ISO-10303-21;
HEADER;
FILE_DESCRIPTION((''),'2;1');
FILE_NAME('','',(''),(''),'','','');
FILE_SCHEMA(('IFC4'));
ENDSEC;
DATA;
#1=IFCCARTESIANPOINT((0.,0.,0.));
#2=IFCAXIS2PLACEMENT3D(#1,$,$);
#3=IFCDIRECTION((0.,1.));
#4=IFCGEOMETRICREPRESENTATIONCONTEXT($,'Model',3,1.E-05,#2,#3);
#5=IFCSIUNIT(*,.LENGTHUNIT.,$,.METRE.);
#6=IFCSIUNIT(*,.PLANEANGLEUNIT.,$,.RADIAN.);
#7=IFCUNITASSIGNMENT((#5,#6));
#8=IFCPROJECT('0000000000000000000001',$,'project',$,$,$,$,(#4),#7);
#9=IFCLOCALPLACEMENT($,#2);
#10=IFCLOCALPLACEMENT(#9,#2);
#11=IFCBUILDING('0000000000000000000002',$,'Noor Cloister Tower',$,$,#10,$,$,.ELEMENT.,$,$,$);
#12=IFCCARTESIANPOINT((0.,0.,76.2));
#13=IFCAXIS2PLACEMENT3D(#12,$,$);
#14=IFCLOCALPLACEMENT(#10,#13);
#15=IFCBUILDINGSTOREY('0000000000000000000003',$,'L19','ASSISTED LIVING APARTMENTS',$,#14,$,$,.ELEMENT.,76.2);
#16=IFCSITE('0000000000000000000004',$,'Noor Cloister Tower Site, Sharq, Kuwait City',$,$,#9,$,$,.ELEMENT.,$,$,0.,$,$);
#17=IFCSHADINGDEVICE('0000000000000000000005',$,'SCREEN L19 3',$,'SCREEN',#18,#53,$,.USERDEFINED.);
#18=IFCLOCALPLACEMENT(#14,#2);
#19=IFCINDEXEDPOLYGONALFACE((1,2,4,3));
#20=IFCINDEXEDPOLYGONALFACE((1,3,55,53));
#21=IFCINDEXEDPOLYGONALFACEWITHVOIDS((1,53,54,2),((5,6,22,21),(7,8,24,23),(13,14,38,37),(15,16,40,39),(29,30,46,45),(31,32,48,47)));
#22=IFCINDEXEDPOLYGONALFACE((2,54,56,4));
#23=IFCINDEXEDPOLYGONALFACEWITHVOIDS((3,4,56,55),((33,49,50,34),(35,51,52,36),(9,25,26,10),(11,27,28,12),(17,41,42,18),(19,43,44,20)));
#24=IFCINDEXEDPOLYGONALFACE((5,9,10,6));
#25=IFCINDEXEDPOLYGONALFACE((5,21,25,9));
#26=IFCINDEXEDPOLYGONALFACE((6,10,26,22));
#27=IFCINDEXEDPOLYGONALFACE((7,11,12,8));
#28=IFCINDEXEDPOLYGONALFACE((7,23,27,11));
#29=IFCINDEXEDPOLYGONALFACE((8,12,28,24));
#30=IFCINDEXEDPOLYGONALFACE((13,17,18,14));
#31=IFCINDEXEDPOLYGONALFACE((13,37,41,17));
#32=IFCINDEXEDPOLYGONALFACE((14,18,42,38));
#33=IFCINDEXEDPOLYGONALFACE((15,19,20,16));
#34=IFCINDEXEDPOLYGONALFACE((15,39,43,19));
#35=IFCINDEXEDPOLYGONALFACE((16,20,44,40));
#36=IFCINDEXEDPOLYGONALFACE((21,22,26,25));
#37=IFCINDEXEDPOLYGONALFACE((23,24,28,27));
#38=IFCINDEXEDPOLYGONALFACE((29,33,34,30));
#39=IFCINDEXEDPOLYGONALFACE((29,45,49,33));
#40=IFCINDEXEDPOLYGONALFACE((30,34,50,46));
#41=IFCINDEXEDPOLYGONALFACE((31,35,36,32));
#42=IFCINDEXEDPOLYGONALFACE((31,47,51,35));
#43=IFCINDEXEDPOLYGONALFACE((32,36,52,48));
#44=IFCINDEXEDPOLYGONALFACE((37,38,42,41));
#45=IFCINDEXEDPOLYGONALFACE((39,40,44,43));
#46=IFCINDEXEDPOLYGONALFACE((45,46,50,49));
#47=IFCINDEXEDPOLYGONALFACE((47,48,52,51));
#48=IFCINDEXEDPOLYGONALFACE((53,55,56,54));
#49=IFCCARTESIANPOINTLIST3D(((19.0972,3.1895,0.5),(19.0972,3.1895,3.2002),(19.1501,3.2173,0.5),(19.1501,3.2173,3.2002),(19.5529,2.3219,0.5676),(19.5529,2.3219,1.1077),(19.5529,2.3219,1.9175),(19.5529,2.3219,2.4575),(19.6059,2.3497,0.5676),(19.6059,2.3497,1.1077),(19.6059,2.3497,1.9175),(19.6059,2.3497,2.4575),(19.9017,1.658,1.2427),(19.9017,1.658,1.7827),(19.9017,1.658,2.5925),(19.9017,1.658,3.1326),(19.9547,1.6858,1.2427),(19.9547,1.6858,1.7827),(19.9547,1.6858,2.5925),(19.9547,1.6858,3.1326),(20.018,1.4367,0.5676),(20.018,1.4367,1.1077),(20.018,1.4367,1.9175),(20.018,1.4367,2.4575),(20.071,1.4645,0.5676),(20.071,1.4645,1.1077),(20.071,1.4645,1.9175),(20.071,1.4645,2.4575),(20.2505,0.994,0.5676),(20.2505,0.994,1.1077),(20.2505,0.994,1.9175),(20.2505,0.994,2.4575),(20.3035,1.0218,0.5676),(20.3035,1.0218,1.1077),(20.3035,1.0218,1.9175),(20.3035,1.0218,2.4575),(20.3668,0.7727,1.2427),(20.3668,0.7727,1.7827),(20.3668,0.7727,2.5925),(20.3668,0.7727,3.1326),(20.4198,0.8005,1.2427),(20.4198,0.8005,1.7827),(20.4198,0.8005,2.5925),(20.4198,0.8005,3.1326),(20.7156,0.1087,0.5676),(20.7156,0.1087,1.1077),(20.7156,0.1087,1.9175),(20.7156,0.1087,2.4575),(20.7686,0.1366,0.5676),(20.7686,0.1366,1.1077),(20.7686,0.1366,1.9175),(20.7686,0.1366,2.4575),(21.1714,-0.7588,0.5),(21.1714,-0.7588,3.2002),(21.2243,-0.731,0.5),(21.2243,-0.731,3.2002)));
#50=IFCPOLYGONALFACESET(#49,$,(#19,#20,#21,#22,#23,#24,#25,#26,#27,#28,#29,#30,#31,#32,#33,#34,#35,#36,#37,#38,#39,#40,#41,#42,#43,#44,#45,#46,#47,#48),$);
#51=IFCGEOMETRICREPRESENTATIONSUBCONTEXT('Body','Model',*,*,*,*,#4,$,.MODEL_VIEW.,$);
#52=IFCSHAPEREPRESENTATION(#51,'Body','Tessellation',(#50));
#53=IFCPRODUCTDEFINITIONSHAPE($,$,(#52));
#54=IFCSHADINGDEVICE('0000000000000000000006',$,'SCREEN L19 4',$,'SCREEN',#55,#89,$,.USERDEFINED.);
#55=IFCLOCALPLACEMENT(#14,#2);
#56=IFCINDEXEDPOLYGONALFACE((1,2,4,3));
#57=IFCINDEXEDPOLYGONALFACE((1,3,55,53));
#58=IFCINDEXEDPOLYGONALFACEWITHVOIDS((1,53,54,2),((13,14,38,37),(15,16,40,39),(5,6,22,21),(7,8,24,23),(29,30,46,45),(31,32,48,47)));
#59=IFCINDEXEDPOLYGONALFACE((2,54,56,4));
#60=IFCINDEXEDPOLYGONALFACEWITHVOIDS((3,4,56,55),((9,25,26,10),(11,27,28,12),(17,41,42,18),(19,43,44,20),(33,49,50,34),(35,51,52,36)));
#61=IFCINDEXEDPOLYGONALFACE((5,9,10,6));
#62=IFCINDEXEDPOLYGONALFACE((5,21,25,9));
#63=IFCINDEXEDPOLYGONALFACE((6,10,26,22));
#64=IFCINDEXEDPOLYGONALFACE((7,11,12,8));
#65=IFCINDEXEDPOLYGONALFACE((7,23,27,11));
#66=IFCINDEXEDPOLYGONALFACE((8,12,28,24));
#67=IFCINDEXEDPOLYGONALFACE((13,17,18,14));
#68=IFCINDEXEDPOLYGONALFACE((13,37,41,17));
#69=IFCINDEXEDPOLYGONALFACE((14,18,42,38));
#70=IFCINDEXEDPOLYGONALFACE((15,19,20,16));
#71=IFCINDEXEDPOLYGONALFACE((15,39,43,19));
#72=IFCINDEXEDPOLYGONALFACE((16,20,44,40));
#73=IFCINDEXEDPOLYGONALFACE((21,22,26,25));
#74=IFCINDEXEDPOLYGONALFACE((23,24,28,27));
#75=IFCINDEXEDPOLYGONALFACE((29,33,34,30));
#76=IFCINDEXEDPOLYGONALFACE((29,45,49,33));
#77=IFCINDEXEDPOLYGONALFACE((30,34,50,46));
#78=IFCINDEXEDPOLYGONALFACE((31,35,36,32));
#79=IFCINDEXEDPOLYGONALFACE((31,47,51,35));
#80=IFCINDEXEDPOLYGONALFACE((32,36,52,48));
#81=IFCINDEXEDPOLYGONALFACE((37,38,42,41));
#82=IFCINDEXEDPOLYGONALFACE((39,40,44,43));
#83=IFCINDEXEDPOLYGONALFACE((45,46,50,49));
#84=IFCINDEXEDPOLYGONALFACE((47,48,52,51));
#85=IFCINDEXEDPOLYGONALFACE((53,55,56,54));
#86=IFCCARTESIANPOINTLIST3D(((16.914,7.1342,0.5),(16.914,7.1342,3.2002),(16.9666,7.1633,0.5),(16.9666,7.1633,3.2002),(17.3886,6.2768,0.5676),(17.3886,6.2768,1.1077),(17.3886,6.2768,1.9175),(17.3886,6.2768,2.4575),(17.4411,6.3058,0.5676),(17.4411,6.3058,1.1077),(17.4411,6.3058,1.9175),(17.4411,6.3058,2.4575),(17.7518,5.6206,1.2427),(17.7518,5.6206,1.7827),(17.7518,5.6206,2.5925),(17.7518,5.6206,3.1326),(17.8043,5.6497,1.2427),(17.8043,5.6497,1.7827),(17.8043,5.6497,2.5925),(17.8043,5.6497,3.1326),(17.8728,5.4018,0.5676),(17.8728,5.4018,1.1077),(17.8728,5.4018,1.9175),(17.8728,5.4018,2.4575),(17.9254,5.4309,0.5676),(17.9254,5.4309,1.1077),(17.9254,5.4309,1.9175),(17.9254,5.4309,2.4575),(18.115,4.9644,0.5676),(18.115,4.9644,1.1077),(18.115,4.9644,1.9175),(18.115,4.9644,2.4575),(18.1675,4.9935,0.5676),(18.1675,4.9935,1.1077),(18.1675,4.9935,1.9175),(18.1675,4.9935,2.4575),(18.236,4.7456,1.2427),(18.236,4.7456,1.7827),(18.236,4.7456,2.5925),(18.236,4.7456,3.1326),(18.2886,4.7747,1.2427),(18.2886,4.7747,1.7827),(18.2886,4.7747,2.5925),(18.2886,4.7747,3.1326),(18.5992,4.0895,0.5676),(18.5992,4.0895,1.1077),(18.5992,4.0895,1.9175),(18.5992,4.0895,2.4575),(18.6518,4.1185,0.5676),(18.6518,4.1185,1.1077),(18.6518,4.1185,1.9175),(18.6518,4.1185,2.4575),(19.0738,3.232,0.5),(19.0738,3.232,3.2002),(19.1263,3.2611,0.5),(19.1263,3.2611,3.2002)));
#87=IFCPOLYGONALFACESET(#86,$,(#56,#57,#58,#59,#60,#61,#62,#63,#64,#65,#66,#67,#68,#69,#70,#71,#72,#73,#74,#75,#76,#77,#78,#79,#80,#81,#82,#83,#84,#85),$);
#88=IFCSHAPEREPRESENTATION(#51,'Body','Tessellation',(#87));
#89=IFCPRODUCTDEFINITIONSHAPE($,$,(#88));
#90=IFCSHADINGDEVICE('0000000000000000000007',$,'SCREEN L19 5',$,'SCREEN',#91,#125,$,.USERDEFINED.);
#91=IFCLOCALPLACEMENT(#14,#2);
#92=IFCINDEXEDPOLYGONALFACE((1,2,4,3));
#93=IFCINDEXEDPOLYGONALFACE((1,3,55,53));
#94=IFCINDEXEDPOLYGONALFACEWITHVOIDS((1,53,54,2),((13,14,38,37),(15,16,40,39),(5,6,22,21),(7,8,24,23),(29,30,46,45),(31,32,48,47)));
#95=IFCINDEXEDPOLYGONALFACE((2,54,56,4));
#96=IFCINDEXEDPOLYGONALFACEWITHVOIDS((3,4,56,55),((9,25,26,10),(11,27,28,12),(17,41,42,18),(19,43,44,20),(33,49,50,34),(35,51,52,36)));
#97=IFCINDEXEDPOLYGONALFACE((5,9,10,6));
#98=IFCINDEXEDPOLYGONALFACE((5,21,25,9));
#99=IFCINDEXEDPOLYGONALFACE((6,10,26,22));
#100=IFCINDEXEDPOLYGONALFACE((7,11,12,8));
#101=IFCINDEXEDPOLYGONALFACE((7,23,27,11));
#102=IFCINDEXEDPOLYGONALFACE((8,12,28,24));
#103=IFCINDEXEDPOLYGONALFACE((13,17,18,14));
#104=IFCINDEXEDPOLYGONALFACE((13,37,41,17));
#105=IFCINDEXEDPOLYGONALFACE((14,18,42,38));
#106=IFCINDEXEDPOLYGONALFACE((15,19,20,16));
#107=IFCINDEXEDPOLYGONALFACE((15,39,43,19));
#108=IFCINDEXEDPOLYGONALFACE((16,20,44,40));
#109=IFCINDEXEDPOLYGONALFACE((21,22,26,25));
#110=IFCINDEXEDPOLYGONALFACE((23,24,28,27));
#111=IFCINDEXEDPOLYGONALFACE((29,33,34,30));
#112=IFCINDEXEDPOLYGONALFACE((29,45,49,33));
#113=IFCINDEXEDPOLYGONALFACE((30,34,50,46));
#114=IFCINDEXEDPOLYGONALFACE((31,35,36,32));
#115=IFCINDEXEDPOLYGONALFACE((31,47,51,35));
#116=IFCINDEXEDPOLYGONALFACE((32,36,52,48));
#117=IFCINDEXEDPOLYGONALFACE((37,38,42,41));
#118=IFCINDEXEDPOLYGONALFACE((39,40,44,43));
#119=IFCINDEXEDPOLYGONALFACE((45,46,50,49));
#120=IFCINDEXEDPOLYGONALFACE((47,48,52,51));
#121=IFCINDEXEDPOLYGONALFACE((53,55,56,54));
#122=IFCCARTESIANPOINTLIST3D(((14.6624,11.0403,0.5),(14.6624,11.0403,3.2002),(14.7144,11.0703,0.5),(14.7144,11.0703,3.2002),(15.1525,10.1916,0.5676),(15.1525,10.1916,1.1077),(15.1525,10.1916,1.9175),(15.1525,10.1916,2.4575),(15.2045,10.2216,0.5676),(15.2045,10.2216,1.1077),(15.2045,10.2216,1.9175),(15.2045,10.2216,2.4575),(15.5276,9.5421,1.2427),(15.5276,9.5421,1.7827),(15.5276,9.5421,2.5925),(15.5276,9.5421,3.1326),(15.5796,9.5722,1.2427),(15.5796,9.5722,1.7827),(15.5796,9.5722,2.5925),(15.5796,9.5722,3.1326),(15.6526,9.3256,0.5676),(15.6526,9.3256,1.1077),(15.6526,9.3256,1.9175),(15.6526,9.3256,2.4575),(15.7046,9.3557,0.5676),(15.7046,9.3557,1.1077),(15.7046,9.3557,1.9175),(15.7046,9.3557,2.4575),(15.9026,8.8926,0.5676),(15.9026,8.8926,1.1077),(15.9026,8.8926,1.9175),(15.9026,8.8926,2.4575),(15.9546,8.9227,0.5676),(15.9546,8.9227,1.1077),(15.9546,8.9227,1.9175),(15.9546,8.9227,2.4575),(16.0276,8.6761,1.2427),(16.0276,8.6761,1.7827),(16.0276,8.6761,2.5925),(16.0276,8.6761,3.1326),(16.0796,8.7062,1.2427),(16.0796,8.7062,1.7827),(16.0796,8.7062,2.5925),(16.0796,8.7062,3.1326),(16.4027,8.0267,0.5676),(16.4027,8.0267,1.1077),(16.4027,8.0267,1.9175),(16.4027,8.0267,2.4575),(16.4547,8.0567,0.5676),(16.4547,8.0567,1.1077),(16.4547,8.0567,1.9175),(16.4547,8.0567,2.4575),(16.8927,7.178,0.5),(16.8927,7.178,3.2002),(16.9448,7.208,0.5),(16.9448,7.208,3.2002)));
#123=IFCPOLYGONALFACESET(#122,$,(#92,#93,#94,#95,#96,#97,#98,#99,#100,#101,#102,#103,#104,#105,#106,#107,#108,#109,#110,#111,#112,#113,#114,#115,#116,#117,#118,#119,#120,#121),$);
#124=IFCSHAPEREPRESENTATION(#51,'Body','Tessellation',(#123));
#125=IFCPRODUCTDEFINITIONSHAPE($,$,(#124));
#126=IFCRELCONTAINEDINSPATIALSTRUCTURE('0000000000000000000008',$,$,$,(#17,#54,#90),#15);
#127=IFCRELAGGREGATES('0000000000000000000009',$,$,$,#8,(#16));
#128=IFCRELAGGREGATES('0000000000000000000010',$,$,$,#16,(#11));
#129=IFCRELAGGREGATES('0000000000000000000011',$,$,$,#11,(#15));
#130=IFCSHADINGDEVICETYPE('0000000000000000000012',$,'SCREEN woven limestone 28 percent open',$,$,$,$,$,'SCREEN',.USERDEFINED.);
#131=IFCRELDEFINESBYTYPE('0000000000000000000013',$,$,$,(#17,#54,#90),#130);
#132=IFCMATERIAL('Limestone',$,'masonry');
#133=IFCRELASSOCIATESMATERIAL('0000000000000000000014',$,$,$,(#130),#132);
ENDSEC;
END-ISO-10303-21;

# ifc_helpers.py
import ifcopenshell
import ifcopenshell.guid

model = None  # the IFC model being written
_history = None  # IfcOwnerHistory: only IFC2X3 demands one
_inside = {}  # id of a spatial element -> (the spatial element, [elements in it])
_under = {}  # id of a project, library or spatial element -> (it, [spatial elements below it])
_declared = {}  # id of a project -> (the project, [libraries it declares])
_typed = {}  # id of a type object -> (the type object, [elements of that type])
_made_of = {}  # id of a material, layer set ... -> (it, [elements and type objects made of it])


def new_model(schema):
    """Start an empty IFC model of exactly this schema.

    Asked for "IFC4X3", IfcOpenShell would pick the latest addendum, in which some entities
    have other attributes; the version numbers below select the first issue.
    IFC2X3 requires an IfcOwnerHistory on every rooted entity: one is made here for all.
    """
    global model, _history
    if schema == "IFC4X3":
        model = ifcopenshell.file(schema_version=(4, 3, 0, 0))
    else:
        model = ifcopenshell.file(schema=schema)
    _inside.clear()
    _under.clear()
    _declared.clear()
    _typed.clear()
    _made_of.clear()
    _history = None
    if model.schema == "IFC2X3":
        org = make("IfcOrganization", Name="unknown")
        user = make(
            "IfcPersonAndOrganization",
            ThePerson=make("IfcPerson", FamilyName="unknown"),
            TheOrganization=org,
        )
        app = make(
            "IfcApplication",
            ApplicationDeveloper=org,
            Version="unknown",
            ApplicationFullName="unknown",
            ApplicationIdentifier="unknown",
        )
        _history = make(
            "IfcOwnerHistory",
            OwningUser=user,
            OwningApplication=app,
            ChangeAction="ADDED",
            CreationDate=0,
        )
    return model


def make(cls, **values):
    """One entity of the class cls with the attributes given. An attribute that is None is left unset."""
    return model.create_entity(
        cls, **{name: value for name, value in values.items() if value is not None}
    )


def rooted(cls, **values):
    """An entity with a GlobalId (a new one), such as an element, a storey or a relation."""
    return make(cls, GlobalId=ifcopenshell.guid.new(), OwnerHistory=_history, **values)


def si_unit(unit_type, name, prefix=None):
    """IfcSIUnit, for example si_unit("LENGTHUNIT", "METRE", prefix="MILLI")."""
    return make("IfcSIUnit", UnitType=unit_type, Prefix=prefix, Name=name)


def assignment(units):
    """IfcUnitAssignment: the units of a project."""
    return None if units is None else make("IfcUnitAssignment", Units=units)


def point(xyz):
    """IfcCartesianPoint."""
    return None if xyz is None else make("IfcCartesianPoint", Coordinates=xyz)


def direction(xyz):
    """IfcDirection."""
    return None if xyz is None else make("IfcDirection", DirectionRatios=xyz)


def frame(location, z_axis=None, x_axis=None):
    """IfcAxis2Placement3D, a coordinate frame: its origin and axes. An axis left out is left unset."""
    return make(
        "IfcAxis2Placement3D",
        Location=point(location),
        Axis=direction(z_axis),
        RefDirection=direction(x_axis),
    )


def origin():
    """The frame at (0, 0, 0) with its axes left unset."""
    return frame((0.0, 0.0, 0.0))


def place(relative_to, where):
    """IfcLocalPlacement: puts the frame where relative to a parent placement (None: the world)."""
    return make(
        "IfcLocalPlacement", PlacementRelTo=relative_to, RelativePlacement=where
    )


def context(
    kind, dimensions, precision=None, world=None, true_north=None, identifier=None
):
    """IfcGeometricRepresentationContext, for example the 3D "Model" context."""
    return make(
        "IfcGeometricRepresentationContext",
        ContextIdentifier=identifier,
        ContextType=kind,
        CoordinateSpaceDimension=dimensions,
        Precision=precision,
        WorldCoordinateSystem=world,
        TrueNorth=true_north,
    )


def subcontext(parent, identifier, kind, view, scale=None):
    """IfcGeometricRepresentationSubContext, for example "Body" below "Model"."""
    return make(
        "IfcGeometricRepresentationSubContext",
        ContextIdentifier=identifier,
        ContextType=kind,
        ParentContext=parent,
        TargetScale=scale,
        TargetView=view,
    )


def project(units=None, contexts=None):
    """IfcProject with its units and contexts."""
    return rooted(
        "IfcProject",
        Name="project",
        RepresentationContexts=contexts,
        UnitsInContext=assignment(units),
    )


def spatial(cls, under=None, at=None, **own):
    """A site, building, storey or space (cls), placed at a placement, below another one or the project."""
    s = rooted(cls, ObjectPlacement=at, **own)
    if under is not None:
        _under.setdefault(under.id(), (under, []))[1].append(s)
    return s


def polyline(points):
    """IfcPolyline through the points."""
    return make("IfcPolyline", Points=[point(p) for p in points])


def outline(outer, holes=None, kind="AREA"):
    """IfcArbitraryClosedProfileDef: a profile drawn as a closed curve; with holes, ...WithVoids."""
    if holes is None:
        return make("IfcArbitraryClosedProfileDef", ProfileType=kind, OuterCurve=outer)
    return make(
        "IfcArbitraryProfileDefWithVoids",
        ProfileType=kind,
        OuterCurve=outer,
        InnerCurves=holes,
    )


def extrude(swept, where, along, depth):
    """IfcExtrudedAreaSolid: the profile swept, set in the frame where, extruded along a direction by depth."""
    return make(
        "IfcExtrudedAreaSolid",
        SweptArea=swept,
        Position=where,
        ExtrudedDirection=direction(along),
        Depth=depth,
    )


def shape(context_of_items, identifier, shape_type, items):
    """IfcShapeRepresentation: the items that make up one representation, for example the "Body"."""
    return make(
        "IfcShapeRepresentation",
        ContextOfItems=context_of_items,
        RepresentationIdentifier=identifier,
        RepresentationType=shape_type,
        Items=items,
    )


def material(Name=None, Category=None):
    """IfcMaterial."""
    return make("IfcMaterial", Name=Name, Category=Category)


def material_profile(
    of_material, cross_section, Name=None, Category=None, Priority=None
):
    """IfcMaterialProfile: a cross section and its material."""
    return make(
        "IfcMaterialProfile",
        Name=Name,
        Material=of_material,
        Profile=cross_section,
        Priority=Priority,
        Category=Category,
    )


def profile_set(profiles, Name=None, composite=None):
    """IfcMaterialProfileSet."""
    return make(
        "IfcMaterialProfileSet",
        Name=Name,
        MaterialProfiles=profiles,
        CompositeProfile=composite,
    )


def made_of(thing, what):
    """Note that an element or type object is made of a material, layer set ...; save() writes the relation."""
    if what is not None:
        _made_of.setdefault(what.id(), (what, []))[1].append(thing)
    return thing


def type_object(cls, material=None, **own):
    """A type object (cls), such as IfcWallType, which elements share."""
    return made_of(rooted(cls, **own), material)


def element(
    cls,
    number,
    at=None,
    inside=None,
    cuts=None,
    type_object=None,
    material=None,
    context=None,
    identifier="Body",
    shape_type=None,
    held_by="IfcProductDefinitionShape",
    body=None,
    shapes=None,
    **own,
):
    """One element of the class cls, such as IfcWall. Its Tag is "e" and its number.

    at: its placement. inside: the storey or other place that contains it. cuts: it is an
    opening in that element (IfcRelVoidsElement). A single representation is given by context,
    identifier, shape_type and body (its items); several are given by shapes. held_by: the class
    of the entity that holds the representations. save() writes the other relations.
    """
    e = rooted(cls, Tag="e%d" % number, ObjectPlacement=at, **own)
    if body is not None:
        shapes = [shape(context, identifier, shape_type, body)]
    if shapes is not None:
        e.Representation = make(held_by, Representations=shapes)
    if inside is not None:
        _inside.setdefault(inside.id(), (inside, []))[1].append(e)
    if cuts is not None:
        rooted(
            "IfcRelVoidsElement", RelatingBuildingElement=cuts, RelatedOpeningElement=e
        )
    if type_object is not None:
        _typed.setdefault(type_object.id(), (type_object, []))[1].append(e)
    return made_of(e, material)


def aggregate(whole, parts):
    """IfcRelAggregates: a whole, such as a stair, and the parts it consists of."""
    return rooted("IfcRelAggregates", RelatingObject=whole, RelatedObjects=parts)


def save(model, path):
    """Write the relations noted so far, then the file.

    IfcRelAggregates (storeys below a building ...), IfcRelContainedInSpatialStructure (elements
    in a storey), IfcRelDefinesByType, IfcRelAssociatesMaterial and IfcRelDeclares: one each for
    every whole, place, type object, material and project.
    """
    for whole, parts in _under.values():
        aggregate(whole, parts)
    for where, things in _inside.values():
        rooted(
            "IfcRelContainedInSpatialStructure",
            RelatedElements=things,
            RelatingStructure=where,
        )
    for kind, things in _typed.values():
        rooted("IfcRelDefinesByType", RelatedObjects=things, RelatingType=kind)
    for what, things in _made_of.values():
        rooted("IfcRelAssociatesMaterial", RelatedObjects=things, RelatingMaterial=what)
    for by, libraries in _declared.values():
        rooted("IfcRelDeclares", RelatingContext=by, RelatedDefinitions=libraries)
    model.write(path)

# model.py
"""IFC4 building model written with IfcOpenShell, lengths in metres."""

from ifc_helpers import new_model, si_unit, direction, frame, origin, place, context, subcontext, project, spatial, polyline, outline, extrude, material, material_profile, profile_set, type_object, element, save


model = new_model("IFC4")

# Units and contexts
model_context = context("Model", 3, precision=1e-05, world=origin(), true_north=direction((0.0, 1.0)))
body_context = subcontext(model_context, "Body", "Model", "MODEL_VIEW")
ifc_project = project(units=[si_unit("LENGTHUNIT", "METRE"), si_unit("PLANEANGLEUNIT", "RADIAN")], contexts=[model_context])

# Site, building, storey
site_placement = place(None, origin())
site = spatial("IfcSite", under=ifc_project, at=site_placement, Name="Noor Cloister Tower Site, Sharq, Kuwait City", CompositionType="ELEMENT", RefElevation=0.0)
building_placement = place(site_placement, origin())
building = spatial("IfcBuilding", under=site, at=building_placement, Name="Noor Cloister Tower", CompositionType="ELEMENT")
storey_placement = place(building_placement, frame((0.0, 0.0, 76.2)))
storey = spatial("IfcBuildingStorey", under=building, at=storey_placement, Name="L19", Description="ASSISTED LIVING APARTMENTS", CompositionType="ELEMENT", Elevation=76.2)

# Shading devices
ifc_material_1 = material(Name="Limestone", Category="masonry")
ifc_material_profile_1 = material_profile(ifc_material_1, outline(polyline([(-2.23, -1.3501), (2.23, -1.3501), (2.23, 1.3501), (-2.23, 1.3501), (-2.23, -1.3501)]), holes=[polyline([(-1.25, -1.2825), (-0.25, -1.2825), (-0.25, -0.7424), (-1.25, -0.7424), (-1.25, -1.2825)]), polyline([(0.25, -1.2825), (1.25, -1.2825), (1.25, -0.7424), (0.25, -0.7424), (0.25, -1.2825)]), polyline([(-0.5, -0.6074), (0.5, -0.6074), (0.5, -0.0674), (-0.5, -0.0674), (-0.5, -0.6074)]), polyline([(-1.25, 0.0674), (-0.25, 0.0674), (-0.25, 0.6074), (-1.25, 0.6074), (-1.25, 0.0674)]), polyline([(0.25, 0.0674), (1.25, 0.0674), (1.25, 0.6074), (0.25, 0.6074), (0.25, 0.0674)]), polyline([(-0.5, 0.7424), (0.5, 0.7424), (0.5, 1.2825), (-0.5, 1.2825), (-0.5, 0.7424)])]), Name="Woven screen 28 percent open")
ifc_profile_set_1 = profile_set([ifc_material_profile_1], Name="Limestone")
shading_device_type = type_object("IfcShadingDeviceType", Name="SCREEN woven limestone 28 percent open", ElementType="SCREEN", PredefinedType="USERDEFINED", material=ifc_profile_set_1)
shading_device_placement = place(storey_placement, frame((20.1343, 1.2153, 1.8501), z_axis=(0.885272, 0.465074, 0.0), x_axis=(-0.465074, 0.885272, 0.0)))
element("IfcShadingDevice", 1, at=shading_device_placement, inside=storey, type_object=shading_device_type, Name="SCREEN L19 3", ObjectType="SCREEN", PredefinedType="USERDEFINED", context=body_context, shape_type="SweptSolid", body=[
    extrude(outline(polyline([(-2.23, -1.3501), (2.23, -1.3501), (2.23, 1.3501), (-2.23, 1.3501), (-2.23, -1.3501)]), holes=[polyline([(-1.25, -1.2825), (-0.25, -1.2825), (-0.25, -0.7424), (-1.25, -0.7424), (-1.25, -1.2825)]), polyline([(0.25, -1.2825), (1.25, -1.2825), (1.25, -0.7424), (0.25, -0.7424), (0.25, -1.2825)]), polyline([(-0.5, -0.6074), (0.5, -0.6074), (0.5, -0.0674), (-0.5, -0.0674), (-0.5, -0.6074)]), polyline([(-1.25, 0.0674), (-0.25, 0.0674), (-0.25, 0.6074), (-1.25, 0.6074), (-1.25, 0.0674)]), polyline([(0.25, 0.0674), (1.25, 0.0674), (1.25, 0.6074), (0.25, 0.6074), (0.25, 0.0674)]), polyline([(-0.5, 0.7424), (0.5, 0.7424), (0.5, 1.2825), (-0.5, 1.2825), (-0.5, 0.7424)])]), origin(), (0.0, 0.0, 1.0), 0.0598),
])
for number, where, z_axis, x_axis, name in (
    (2, (17.9939, 5.1831, 1.8501), (0.874924, 0.48426, 0.0), (-0.48426, 0.874924, 0.0), "SCREEN L19 4"),
    (3, (15.7776, 9.1091, 1.8501), (0.865982, 0.500074, 0.0), (-0.500074, 0.865982, 0.0), "SCREEN L19 5"),
):
    element("IfcShadingDevice", number, at=place(storey_placement, frame(where, z_axis=z_axis, x_axis=x_axis)), inside=storey, type_object=shading_device_type, Name=name, ObjectType="SCREEN", PredefinedType="USERDEFINED", context=body_context, shape_type="SweptSolid", body=[
        extrude(outline(polyline([(-2.23, -1.3501), (2.23, -1.3501), (2.23, 1.3501), (-2.23, 1.3501), (-2.23, -1.3501)]), holes=[polyline([(-1.25, -1.2825), (-0.25, -1.2825), (-0.25, -0.7424), (-1.25, -0.7424), (-1.25, -1.2825)]), polyline([(0.25, -1.2825), (1.25, -1.2825), (1.25, -0.7424), (0.25, -0.7424), (0.25, -1.2825)]), polyline([(-0.5, -0.6074), (0.5, -0.6074), (0.5, -0.0674), (-0.5, -0.0674), (-0.5, -0.6074)]), polyline([(-1.25, 0.0674), (-0.25, 0.0674), (-0.25, 0.6074), (-1.25, 0.6074), (-1.25, 0.0674)]), polyline([(0.25, 0.0674), (1.25, 0.0674), (1.25, 0.6074), (0.25, 0.6074), (0.25, 0.0674)]), polyline([(-0.5, 0.7424), (0.5, 0.7424), (0.5, 1.2825), (-0.5, 1.2825), (-0.5, 0.7424)])]), origin(), (0.0, 0.0, 1.0), 0.0601),
    ])

save(model, "model.ifc")
